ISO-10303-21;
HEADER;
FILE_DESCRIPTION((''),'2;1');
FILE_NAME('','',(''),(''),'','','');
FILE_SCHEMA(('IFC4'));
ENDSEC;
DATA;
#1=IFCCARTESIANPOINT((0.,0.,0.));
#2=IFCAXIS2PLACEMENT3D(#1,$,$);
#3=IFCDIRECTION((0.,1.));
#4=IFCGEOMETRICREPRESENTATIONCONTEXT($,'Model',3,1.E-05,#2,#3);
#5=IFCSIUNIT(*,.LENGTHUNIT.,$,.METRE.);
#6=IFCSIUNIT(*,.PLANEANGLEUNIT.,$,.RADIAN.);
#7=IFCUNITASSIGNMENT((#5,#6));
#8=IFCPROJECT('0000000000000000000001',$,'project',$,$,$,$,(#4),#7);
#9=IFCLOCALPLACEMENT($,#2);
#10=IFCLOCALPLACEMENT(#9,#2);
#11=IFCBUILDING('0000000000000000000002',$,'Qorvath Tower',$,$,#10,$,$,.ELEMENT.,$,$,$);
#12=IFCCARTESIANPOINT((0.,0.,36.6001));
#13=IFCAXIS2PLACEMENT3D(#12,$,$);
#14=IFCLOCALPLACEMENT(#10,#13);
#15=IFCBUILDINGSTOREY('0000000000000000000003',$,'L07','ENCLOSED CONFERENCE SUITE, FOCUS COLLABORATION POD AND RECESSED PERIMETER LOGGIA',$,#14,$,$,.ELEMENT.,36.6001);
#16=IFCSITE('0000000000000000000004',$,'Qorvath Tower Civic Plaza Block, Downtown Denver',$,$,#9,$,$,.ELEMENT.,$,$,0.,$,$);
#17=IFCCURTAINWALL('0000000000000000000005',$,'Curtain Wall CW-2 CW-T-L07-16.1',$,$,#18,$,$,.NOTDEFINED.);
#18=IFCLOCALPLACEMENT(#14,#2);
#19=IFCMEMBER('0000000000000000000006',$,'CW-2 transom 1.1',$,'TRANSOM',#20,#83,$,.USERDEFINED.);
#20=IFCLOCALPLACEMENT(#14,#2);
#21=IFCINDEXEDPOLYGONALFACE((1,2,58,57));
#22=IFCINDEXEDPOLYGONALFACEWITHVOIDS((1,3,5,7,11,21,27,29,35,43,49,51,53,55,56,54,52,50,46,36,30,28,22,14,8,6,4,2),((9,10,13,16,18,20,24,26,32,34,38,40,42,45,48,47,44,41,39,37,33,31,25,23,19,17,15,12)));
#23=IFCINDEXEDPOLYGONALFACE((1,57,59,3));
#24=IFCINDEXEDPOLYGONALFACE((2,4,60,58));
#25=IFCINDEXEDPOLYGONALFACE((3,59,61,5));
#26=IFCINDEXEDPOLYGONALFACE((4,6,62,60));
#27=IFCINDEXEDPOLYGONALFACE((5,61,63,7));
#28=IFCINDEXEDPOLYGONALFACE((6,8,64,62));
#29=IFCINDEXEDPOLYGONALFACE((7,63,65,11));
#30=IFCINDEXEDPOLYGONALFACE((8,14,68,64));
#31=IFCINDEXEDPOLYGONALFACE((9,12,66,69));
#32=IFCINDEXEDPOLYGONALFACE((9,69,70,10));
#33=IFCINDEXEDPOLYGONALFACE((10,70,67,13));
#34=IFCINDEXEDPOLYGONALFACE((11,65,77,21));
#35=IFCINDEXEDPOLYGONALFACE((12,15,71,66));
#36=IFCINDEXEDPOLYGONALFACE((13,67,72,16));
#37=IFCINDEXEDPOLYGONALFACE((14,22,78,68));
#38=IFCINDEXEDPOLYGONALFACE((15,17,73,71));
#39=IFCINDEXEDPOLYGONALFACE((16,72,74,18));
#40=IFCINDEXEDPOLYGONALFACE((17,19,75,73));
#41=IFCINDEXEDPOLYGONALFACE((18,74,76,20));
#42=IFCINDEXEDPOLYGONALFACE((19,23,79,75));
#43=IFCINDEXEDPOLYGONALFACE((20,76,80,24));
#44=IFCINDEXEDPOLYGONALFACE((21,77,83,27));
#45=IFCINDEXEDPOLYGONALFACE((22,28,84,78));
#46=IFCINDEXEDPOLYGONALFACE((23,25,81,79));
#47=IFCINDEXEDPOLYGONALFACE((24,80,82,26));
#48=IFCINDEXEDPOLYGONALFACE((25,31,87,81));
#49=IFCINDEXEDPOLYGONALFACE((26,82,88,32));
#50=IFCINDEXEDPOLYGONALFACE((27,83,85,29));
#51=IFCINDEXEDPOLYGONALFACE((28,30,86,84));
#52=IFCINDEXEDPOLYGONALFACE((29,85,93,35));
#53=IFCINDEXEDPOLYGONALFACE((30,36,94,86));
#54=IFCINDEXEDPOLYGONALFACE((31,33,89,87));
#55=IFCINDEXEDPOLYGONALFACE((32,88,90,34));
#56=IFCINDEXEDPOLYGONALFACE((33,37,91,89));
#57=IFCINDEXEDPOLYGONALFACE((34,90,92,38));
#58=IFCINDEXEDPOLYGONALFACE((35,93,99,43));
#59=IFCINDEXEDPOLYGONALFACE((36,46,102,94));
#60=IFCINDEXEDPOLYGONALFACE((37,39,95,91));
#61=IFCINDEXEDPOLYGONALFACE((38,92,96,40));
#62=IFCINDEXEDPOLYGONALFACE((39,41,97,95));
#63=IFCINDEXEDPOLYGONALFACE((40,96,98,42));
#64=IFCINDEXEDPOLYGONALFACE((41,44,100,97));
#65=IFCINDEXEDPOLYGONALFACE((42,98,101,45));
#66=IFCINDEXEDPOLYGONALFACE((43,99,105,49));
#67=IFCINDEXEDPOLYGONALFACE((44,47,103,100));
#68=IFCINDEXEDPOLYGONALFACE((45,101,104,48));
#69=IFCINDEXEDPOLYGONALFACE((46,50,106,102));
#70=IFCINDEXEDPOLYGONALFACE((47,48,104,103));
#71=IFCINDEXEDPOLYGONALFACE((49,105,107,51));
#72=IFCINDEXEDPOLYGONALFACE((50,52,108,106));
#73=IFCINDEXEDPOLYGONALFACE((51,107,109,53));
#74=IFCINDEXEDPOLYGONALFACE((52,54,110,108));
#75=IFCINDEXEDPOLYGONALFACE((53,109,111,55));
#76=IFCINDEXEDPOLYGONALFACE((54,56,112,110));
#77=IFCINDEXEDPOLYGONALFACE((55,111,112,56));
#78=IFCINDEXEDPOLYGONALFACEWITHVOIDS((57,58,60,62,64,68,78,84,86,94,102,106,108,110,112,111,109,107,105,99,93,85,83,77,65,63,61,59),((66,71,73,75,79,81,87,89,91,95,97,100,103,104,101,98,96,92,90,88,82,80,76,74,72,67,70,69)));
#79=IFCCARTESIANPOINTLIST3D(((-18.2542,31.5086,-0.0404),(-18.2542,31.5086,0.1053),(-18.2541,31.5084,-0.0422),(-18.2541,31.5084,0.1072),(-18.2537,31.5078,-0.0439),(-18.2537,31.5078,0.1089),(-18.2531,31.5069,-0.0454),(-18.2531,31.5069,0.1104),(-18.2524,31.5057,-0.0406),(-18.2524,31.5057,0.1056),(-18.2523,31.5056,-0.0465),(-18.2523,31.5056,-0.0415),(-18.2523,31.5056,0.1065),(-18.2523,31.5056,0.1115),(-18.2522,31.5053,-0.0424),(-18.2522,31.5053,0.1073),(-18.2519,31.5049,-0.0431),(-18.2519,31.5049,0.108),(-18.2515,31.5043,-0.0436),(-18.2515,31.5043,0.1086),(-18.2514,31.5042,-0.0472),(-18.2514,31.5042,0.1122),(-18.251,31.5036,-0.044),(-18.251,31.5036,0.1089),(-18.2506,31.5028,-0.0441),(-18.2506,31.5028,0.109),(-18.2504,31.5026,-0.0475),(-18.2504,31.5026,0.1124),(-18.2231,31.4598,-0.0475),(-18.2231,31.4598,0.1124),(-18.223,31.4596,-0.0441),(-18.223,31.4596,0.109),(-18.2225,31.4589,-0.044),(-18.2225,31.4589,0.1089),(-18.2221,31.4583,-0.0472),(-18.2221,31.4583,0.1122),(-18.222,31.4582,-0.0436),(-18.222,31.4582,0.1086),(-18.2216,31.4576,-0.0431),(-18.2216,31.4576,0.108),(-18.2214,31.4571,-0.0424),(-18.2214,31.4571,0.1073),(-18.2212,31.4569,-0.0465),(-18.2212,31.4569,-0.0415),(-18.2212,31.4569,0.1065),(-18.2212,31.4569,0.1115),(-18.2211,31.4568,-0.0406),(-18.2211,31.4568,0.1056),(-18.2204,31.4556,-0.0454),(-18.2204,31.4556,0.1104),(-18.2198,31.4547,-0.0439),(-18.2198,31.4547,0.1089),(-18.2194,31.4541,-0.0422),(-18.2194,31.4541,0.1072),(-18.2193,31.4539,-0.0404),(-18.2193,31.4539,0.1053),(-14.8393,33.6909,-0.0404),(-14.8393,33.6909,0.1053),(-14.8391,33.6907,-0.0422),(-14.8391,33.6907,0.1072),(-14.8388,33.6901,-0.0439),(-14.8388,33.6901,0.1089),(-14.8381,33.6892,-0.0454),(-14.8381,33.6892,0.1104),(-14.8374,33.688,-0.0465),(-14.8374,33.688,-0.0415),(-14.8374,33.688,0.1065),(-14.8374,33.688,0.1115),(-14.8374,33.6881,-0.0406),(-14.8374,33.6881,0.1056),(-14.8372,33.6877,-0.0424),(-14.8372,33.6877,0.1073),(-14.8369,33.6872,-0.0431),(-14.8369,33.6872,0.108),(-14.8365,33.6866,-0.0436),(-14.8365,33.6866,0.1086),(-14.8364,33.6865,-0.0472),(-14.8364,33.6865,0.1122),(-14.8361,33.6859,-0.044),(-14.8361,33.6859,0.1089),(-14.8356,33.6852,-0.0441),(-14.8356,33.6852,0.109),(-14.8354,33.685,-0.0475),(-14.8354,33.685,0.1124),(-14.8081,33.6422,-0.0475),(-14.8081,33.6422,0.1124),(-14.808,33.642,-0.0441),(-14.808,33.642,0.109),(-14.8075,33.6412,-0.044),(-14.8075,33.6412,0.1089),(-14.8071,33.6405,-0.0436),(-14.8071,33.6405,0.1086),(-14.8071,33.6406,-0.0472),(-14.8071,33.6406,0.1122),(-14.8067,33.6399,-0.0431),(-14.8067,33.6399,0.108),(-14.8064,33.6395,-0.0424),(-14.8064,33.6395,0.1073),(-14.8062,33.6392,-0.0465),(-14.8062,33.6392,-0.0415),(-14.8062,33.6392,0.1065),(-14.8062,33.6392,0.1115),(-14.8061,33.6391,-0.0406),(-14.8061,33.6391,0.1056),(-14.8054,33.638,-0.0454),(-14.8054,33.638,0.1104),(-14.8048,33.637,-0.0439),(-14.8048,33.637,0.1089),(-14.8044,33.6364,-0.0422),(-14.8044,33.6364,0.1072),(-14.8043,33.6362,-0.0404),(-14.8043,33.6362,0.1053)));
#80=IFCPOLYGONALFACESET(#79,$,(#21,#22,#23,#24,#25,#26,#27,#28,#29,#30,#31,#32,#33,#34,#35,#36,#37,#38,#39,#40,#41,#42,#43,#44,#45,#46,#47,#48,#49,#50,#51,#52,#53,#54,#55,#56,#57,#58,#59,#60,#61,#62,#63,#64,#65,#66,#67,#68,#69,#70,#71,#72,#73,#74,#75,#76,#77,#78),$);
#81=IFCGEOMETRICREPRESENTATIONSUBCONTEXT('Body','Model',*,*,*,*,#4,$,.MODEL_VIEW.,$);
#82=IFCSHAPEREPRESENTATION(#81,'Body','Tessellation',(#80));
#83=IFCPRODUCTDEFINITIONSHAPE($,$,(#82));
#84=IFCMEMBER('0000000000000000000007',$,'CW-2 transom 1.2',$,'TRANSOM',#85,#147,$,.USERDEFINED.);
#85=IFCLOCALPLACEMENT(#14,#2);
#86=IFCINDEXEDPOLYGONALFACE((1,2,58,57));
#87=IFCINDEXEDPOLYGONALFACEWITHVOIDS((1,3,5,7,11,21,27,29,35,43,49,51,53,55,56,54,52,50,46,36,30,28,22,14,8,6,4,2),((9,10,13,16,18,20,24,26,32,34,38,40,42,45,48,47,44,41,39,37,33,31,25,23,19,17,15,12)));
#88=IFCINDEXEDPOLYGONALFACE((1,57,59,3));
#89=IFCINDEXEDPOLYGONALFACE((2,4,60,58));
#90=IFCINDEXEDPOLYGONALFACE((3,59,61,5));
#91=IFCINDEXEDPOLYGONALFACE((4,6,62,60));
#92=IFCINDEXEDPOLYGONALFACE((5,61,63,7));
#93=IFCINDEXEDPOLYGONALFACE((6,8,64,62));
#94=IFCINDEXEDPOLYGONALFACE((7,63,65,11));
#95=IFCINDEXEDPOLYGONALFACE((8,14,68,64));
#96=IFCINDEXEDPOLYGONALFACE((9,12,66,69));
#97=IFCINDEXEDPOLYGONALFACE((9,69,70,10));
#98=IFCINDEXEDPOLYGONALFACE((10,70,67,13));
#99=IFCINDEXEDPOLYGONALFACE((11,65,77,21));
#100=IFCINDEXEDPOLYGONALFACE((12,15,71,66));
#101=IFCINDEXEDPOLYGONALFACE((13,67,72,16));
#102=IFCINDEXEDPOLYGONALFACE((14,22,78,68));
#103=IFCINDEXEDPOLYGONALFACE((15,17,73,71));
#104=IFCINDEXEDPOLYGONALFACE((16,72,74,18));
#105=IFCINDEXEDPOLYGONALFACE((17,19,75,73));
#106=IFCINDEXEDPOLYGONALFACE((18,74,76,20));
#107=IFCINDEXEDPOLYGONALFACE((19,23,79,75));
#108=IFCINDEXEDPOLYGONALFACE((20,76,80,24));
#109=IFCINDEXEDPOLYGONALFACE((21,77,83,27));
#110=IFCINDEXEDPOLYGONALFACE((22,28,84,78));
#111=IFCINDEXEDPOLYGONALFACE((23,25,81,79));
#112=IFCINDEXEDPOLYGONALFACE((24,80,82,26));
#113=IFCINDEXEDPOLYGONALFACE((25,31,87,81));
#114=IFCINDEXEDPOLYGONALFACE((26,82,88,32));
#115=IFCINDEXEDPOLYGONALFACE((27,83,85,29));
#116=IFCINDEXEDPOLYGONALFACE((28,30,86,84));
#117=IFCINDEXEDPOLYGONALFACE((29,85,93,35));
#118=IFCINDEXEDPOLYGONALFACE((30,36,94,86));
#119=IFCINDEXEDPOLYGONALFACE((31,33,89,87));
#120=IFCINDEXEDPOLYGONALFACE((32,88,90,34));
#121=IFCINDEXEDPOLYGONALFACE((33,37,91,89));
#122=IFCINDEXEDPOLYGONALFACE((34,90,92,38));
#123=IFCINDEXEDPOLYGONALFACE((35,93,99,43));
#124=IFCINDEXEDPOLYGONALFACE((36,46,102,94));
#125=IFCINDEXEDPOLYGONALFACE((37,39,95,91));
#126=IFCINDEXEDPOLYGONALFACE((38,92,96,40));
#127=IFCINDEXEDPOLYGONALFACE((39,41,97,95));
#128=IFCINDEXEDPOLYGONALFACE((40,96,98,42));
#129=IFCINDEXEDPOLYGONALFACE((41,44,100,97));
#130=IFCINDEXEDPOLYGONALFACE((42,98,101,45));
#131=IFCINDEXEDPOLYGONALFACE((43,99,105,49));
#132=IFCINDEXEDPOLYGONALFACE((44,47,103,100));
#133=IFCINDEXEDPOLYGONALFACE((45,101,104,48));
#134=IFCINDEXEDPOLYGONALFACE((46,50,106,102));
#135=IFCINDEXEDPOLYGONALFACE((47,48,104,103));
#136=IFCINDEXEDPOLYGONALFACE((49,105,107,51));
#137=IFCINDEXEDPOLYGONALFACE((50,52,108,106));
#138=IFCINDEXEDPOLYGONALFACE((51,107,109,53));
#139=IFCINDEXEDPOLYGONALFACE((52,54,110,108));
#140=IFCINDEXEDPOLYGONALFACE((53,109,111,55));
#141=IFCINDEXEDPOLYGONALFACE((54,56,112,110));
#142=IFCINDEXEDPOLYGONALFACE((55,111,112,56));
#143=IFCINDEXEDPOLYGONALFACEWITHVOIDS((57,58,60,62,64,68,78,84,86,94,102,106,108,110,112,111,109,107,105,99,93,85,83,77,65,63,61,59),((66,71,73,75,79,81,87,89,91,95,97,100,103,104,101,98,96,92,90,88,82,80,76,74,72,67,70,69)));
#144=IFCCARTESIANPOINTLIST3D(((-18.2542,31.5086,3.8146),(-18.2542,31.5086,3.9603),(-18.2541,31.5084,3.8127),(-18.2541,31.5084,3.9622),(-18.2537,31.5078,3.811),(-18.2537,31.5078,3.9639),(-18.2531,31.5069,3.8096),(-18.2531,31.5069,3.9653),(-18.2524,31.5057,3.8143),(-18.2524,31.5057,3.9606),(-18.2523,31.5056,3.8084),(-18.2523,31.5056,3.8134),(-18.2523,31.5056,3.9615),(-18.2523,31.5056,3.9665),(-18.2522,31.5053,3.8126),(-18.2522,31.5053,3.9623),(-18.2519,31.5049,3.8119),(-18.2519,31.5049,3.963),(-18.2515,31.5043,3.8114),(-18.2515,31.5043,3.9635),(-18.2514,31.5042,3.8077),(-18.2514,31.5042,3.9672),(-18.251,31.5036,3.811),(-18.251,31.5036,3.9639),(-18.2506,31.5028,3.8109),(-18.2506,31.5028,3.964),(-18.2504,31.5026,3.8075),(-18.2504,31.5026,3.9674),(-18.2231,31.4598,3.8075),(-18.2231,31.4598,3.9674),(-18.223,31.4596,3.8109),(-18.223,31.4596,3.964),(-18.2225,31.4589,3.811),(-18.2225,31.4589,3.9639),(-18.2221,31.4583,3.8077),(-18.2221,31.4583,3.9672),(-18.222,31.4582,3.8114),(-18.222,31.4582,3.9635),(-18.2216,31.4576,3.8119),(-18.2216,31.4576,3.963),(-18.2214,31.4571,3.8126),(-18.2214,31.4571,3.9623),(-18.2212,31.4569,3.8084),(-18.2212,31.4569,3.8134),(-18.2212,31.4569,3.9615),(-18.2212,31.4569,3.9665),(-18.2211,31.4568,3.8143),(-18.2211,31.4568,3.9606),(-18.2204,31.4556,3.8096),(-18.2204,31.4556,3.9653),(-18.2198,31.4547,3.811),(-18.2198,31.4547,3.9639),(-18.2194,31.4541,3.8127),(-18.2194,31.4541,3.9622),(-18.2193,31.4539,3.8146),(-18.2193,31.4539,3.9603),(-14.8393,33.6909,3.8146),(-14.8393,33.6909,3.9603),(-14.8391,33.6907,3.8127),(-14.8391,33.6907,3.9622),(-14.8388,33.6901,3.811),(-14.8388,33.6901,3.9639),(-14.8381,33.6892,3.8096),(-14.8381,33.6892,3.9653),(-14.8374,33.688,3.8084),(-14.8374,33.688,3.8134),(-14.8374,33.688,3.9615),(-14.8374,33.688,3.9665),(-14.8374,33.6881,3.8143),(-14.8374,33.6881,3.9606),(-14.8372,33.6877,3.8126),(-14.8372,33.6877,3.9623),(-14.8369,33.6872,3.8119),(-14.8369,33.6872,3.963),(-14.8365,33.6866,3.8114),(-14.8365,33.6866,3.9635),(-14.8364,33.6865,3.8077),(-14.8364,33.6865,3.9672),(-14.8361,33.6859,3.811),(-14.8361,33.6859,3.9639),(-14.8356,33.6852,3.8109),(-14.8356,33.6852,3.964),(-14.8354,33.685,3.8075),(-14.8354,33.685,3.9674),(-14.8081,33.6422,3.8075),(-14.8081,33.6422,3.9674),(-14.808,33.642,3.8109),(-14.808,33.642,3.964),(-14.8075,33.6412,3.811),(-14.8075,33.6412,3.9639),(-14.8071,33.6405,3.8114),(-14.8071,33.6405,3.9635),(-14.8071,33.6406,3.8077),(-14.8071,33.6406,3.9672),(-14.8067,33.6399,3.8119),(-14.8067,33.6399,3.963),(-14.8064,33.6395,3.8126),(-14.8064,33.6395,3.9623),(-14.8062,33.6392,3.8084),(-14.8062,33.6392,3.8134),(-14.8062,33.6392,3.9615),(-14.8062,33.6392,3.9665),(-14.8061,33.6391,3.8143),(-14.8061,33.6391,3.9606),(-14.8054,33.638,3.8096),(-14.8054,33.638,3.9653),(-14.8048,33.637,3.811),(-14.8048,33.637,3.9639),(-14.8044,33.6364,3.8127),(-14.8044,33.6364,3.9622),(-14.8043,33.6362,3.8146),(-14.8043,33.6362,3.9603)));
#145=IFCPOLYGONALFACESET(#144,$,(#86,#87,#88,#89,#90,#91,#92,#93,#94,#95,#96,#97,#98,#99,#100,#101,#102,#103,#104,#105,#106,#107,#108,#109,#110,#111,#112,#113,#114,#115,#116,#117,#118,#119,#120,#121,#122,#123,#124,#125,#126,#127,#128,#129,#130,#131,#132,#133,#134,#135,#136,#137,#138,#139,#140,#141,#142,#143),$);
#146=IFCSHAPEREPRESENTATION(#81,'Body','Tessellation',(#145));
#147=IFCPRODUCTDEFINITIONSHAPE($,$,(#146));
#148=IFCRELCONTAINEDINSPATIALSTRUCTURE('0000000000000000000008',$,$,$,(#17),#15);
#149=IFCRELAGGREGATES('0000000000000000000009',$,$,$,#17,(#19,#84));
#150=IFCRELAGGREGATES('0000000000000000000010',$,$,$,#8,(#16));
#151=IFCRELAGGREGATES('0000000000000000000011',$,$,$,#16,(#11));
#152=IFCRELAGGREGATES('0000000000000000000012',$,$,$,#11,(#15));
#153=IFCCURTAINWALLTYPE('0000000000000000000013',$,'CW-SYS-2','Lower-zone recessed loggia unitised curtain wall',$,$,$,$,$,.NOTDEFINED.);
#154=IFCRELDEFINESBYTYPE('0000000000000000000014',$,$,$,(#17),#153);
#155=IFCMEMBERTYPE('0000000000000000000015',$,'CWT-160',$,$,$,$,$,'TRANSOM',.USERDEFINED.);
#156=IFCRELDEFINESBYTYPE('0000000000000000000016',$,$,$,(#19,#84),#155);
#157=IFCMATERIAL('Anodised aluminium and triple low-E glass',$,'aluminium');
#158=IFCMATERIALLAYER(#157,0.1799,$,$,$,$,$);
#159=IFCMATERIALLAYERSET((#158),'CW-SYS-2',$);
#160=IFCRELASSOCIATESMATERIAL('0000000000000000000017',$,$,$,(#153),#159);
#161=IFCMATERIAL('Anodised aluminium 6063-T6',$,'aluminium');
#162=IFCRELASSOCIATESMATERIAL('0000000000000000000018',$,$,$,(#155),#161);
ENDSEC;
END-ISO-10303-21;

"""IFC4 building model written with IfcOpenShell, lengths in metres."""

from ifc_helpers import new_model, si_unit, direction, frame, origin, origin_2d, place, context, subcontext, project, spatial, hollow_rectangle, extrude, material, layer, layer_set, material_profile, profile_set, type_object, element, aggregate, save


model = new_model("IFC4")

# Units and contexts
model_context = context("Model", 3, precision=1e-05, world=origin(), true_north=direction((0.0, 1.0)))
body_context = subcontext(model_context, "Body", "Model", "MODEL_VIEW")
ifc_project = project(units=[si_unit("LENGTHUNIT", "METRE"), si_unit("PLANEANGLEUNIT", "RADIAN")], contexts=[model_context])

# Site, building, storey
site_placement = place(None, origin())
site = spatial("IfcSite", under=ifc_project, at=site_placement, Name="Qorvath Tower Civic Plaza Block, Downtown Denver", CompositionType="ELEMENT", RefElevation=0.0)
building_placement = place(site_placement, origin())
building = spatial("IfcBuilding", under=site, at=building_placement, Name="Qorvath Tower", CompositionType="ELEMENT")
storey_placement = place(building_placement, frame((0.0, 0.0, 36.6001)))
storey = spatial("IfcBuildingStorey", under=building, at=storey_placement, Name="L07", Description="ENCLOSED CONFERENCE SUITE, FOCUS COLLABORATION POD AND RECESSED PERIMETER LOGGIA", CompositionType="ELEMENT", Elevation=36.6001)

# Shared definitions
ifc_material_1 = material(Name="Anodised aluminium and triple low-E glass", Category="aluminium")
ifc_layer_1 = layer(ifc_material_1, 0.1799)
ifc_layer_set_1 = layer_set([ifc_layer_1], Name="CW-SYS-2")
curtain_wall_type = type_object("IfcCurtainWallType", Name="CW-SYS-2", Description="Lower-zone recessed loggia unitised curtain wall", PredefinedType="NOTDEFINED", material=ifc_layer_set_1)

# Curtain wall, members
curtain_wall_1_placement = place(storey_placement, origin())
curtain_wall_1 = element("IfcCurtainWall", 1, at=curtain_wall_1_placement, inside=storey, type_object=curtain_wall_type, Name="Curtain Wall CW-2 CW-T-L07-16.1", PredefinedType="NOTDEFINED")
ifc_material_2 = material(Name="Anodised aluminium 6063-T6", Category="aluminium")
ifc_material_profile_1 = material_profile(ifc_material_2, hollow_rectangle(XDim=0.0649, YDim=0.1599, WallThickness=0.0034, InnerFilletRadius=0.0034, OuterFilletRadius=0.0071, at=origin_2d()), Name="CWT 160x65")
ifc_profile_set_1 = profile_set([ifc_material_profile_1], Name="Anodised aluminium 6063-T6")
member_type_1 = type_object("IfcMemberType", Name="CWT-160", ElementType="TRANSOM", PredefinedType="USERDEFINED", material=ifc_profile_set_1)
member_1_placement = place(storey_placement, frame((-14.8218, 33.6636, 0.0325), z_axis=(-0.842636, -0.538484, 0.0), x_axis=(0.538484, -0.842636, 0.0)))
member_1 = element("IfcMember", 2, at=member_1_placement, type_object=member_type_1, Name="CW-2 transom 1.1", ObjectType="TRANSOM", PredefinedType="USERDEFINED", context=body_context, shape_type="SweptSolid", body=[
    extrude(hollow_rectangle(XDim=0.0649, YDim=0.1599, WallThickness=0.0034, InnerFilletRadius=0.0034, OuterFilletRadius=0.0071, at=origin_2d()), origin(), (0.0, 0.0, 1.0), 4.0527),
])
member_2_placement = place(storey_placement, frame((-14.8218, 33.6636, 3.8875), z_axis=(-0.842636, -0.538484, 0.0), x_axis=(0.538484, -0.842636, 0.0)))
member_2 = element("IfcMember", 3, at=member_2_placement, type_object=member_type_1, Name="CW-2 transom 1.2", ObjectType="TRANSOM", PredefinedType="USERDEFINED", context=body_context, shape_type="SweptSolid", body=[
    extrude(hollow_rectangle(XDim=0.0649, YDim=0.1599, WallThickness=0.0034, InnerFilletRadius=0.0034, OuterFilletRadius=0.0071, at=origin_2d()), origin(), (0.0, 0.0, 1.0), 4.0527),
])

aggregate(curtain_wall_1, [member_1, member_2])

save(model, "model.ifc")
